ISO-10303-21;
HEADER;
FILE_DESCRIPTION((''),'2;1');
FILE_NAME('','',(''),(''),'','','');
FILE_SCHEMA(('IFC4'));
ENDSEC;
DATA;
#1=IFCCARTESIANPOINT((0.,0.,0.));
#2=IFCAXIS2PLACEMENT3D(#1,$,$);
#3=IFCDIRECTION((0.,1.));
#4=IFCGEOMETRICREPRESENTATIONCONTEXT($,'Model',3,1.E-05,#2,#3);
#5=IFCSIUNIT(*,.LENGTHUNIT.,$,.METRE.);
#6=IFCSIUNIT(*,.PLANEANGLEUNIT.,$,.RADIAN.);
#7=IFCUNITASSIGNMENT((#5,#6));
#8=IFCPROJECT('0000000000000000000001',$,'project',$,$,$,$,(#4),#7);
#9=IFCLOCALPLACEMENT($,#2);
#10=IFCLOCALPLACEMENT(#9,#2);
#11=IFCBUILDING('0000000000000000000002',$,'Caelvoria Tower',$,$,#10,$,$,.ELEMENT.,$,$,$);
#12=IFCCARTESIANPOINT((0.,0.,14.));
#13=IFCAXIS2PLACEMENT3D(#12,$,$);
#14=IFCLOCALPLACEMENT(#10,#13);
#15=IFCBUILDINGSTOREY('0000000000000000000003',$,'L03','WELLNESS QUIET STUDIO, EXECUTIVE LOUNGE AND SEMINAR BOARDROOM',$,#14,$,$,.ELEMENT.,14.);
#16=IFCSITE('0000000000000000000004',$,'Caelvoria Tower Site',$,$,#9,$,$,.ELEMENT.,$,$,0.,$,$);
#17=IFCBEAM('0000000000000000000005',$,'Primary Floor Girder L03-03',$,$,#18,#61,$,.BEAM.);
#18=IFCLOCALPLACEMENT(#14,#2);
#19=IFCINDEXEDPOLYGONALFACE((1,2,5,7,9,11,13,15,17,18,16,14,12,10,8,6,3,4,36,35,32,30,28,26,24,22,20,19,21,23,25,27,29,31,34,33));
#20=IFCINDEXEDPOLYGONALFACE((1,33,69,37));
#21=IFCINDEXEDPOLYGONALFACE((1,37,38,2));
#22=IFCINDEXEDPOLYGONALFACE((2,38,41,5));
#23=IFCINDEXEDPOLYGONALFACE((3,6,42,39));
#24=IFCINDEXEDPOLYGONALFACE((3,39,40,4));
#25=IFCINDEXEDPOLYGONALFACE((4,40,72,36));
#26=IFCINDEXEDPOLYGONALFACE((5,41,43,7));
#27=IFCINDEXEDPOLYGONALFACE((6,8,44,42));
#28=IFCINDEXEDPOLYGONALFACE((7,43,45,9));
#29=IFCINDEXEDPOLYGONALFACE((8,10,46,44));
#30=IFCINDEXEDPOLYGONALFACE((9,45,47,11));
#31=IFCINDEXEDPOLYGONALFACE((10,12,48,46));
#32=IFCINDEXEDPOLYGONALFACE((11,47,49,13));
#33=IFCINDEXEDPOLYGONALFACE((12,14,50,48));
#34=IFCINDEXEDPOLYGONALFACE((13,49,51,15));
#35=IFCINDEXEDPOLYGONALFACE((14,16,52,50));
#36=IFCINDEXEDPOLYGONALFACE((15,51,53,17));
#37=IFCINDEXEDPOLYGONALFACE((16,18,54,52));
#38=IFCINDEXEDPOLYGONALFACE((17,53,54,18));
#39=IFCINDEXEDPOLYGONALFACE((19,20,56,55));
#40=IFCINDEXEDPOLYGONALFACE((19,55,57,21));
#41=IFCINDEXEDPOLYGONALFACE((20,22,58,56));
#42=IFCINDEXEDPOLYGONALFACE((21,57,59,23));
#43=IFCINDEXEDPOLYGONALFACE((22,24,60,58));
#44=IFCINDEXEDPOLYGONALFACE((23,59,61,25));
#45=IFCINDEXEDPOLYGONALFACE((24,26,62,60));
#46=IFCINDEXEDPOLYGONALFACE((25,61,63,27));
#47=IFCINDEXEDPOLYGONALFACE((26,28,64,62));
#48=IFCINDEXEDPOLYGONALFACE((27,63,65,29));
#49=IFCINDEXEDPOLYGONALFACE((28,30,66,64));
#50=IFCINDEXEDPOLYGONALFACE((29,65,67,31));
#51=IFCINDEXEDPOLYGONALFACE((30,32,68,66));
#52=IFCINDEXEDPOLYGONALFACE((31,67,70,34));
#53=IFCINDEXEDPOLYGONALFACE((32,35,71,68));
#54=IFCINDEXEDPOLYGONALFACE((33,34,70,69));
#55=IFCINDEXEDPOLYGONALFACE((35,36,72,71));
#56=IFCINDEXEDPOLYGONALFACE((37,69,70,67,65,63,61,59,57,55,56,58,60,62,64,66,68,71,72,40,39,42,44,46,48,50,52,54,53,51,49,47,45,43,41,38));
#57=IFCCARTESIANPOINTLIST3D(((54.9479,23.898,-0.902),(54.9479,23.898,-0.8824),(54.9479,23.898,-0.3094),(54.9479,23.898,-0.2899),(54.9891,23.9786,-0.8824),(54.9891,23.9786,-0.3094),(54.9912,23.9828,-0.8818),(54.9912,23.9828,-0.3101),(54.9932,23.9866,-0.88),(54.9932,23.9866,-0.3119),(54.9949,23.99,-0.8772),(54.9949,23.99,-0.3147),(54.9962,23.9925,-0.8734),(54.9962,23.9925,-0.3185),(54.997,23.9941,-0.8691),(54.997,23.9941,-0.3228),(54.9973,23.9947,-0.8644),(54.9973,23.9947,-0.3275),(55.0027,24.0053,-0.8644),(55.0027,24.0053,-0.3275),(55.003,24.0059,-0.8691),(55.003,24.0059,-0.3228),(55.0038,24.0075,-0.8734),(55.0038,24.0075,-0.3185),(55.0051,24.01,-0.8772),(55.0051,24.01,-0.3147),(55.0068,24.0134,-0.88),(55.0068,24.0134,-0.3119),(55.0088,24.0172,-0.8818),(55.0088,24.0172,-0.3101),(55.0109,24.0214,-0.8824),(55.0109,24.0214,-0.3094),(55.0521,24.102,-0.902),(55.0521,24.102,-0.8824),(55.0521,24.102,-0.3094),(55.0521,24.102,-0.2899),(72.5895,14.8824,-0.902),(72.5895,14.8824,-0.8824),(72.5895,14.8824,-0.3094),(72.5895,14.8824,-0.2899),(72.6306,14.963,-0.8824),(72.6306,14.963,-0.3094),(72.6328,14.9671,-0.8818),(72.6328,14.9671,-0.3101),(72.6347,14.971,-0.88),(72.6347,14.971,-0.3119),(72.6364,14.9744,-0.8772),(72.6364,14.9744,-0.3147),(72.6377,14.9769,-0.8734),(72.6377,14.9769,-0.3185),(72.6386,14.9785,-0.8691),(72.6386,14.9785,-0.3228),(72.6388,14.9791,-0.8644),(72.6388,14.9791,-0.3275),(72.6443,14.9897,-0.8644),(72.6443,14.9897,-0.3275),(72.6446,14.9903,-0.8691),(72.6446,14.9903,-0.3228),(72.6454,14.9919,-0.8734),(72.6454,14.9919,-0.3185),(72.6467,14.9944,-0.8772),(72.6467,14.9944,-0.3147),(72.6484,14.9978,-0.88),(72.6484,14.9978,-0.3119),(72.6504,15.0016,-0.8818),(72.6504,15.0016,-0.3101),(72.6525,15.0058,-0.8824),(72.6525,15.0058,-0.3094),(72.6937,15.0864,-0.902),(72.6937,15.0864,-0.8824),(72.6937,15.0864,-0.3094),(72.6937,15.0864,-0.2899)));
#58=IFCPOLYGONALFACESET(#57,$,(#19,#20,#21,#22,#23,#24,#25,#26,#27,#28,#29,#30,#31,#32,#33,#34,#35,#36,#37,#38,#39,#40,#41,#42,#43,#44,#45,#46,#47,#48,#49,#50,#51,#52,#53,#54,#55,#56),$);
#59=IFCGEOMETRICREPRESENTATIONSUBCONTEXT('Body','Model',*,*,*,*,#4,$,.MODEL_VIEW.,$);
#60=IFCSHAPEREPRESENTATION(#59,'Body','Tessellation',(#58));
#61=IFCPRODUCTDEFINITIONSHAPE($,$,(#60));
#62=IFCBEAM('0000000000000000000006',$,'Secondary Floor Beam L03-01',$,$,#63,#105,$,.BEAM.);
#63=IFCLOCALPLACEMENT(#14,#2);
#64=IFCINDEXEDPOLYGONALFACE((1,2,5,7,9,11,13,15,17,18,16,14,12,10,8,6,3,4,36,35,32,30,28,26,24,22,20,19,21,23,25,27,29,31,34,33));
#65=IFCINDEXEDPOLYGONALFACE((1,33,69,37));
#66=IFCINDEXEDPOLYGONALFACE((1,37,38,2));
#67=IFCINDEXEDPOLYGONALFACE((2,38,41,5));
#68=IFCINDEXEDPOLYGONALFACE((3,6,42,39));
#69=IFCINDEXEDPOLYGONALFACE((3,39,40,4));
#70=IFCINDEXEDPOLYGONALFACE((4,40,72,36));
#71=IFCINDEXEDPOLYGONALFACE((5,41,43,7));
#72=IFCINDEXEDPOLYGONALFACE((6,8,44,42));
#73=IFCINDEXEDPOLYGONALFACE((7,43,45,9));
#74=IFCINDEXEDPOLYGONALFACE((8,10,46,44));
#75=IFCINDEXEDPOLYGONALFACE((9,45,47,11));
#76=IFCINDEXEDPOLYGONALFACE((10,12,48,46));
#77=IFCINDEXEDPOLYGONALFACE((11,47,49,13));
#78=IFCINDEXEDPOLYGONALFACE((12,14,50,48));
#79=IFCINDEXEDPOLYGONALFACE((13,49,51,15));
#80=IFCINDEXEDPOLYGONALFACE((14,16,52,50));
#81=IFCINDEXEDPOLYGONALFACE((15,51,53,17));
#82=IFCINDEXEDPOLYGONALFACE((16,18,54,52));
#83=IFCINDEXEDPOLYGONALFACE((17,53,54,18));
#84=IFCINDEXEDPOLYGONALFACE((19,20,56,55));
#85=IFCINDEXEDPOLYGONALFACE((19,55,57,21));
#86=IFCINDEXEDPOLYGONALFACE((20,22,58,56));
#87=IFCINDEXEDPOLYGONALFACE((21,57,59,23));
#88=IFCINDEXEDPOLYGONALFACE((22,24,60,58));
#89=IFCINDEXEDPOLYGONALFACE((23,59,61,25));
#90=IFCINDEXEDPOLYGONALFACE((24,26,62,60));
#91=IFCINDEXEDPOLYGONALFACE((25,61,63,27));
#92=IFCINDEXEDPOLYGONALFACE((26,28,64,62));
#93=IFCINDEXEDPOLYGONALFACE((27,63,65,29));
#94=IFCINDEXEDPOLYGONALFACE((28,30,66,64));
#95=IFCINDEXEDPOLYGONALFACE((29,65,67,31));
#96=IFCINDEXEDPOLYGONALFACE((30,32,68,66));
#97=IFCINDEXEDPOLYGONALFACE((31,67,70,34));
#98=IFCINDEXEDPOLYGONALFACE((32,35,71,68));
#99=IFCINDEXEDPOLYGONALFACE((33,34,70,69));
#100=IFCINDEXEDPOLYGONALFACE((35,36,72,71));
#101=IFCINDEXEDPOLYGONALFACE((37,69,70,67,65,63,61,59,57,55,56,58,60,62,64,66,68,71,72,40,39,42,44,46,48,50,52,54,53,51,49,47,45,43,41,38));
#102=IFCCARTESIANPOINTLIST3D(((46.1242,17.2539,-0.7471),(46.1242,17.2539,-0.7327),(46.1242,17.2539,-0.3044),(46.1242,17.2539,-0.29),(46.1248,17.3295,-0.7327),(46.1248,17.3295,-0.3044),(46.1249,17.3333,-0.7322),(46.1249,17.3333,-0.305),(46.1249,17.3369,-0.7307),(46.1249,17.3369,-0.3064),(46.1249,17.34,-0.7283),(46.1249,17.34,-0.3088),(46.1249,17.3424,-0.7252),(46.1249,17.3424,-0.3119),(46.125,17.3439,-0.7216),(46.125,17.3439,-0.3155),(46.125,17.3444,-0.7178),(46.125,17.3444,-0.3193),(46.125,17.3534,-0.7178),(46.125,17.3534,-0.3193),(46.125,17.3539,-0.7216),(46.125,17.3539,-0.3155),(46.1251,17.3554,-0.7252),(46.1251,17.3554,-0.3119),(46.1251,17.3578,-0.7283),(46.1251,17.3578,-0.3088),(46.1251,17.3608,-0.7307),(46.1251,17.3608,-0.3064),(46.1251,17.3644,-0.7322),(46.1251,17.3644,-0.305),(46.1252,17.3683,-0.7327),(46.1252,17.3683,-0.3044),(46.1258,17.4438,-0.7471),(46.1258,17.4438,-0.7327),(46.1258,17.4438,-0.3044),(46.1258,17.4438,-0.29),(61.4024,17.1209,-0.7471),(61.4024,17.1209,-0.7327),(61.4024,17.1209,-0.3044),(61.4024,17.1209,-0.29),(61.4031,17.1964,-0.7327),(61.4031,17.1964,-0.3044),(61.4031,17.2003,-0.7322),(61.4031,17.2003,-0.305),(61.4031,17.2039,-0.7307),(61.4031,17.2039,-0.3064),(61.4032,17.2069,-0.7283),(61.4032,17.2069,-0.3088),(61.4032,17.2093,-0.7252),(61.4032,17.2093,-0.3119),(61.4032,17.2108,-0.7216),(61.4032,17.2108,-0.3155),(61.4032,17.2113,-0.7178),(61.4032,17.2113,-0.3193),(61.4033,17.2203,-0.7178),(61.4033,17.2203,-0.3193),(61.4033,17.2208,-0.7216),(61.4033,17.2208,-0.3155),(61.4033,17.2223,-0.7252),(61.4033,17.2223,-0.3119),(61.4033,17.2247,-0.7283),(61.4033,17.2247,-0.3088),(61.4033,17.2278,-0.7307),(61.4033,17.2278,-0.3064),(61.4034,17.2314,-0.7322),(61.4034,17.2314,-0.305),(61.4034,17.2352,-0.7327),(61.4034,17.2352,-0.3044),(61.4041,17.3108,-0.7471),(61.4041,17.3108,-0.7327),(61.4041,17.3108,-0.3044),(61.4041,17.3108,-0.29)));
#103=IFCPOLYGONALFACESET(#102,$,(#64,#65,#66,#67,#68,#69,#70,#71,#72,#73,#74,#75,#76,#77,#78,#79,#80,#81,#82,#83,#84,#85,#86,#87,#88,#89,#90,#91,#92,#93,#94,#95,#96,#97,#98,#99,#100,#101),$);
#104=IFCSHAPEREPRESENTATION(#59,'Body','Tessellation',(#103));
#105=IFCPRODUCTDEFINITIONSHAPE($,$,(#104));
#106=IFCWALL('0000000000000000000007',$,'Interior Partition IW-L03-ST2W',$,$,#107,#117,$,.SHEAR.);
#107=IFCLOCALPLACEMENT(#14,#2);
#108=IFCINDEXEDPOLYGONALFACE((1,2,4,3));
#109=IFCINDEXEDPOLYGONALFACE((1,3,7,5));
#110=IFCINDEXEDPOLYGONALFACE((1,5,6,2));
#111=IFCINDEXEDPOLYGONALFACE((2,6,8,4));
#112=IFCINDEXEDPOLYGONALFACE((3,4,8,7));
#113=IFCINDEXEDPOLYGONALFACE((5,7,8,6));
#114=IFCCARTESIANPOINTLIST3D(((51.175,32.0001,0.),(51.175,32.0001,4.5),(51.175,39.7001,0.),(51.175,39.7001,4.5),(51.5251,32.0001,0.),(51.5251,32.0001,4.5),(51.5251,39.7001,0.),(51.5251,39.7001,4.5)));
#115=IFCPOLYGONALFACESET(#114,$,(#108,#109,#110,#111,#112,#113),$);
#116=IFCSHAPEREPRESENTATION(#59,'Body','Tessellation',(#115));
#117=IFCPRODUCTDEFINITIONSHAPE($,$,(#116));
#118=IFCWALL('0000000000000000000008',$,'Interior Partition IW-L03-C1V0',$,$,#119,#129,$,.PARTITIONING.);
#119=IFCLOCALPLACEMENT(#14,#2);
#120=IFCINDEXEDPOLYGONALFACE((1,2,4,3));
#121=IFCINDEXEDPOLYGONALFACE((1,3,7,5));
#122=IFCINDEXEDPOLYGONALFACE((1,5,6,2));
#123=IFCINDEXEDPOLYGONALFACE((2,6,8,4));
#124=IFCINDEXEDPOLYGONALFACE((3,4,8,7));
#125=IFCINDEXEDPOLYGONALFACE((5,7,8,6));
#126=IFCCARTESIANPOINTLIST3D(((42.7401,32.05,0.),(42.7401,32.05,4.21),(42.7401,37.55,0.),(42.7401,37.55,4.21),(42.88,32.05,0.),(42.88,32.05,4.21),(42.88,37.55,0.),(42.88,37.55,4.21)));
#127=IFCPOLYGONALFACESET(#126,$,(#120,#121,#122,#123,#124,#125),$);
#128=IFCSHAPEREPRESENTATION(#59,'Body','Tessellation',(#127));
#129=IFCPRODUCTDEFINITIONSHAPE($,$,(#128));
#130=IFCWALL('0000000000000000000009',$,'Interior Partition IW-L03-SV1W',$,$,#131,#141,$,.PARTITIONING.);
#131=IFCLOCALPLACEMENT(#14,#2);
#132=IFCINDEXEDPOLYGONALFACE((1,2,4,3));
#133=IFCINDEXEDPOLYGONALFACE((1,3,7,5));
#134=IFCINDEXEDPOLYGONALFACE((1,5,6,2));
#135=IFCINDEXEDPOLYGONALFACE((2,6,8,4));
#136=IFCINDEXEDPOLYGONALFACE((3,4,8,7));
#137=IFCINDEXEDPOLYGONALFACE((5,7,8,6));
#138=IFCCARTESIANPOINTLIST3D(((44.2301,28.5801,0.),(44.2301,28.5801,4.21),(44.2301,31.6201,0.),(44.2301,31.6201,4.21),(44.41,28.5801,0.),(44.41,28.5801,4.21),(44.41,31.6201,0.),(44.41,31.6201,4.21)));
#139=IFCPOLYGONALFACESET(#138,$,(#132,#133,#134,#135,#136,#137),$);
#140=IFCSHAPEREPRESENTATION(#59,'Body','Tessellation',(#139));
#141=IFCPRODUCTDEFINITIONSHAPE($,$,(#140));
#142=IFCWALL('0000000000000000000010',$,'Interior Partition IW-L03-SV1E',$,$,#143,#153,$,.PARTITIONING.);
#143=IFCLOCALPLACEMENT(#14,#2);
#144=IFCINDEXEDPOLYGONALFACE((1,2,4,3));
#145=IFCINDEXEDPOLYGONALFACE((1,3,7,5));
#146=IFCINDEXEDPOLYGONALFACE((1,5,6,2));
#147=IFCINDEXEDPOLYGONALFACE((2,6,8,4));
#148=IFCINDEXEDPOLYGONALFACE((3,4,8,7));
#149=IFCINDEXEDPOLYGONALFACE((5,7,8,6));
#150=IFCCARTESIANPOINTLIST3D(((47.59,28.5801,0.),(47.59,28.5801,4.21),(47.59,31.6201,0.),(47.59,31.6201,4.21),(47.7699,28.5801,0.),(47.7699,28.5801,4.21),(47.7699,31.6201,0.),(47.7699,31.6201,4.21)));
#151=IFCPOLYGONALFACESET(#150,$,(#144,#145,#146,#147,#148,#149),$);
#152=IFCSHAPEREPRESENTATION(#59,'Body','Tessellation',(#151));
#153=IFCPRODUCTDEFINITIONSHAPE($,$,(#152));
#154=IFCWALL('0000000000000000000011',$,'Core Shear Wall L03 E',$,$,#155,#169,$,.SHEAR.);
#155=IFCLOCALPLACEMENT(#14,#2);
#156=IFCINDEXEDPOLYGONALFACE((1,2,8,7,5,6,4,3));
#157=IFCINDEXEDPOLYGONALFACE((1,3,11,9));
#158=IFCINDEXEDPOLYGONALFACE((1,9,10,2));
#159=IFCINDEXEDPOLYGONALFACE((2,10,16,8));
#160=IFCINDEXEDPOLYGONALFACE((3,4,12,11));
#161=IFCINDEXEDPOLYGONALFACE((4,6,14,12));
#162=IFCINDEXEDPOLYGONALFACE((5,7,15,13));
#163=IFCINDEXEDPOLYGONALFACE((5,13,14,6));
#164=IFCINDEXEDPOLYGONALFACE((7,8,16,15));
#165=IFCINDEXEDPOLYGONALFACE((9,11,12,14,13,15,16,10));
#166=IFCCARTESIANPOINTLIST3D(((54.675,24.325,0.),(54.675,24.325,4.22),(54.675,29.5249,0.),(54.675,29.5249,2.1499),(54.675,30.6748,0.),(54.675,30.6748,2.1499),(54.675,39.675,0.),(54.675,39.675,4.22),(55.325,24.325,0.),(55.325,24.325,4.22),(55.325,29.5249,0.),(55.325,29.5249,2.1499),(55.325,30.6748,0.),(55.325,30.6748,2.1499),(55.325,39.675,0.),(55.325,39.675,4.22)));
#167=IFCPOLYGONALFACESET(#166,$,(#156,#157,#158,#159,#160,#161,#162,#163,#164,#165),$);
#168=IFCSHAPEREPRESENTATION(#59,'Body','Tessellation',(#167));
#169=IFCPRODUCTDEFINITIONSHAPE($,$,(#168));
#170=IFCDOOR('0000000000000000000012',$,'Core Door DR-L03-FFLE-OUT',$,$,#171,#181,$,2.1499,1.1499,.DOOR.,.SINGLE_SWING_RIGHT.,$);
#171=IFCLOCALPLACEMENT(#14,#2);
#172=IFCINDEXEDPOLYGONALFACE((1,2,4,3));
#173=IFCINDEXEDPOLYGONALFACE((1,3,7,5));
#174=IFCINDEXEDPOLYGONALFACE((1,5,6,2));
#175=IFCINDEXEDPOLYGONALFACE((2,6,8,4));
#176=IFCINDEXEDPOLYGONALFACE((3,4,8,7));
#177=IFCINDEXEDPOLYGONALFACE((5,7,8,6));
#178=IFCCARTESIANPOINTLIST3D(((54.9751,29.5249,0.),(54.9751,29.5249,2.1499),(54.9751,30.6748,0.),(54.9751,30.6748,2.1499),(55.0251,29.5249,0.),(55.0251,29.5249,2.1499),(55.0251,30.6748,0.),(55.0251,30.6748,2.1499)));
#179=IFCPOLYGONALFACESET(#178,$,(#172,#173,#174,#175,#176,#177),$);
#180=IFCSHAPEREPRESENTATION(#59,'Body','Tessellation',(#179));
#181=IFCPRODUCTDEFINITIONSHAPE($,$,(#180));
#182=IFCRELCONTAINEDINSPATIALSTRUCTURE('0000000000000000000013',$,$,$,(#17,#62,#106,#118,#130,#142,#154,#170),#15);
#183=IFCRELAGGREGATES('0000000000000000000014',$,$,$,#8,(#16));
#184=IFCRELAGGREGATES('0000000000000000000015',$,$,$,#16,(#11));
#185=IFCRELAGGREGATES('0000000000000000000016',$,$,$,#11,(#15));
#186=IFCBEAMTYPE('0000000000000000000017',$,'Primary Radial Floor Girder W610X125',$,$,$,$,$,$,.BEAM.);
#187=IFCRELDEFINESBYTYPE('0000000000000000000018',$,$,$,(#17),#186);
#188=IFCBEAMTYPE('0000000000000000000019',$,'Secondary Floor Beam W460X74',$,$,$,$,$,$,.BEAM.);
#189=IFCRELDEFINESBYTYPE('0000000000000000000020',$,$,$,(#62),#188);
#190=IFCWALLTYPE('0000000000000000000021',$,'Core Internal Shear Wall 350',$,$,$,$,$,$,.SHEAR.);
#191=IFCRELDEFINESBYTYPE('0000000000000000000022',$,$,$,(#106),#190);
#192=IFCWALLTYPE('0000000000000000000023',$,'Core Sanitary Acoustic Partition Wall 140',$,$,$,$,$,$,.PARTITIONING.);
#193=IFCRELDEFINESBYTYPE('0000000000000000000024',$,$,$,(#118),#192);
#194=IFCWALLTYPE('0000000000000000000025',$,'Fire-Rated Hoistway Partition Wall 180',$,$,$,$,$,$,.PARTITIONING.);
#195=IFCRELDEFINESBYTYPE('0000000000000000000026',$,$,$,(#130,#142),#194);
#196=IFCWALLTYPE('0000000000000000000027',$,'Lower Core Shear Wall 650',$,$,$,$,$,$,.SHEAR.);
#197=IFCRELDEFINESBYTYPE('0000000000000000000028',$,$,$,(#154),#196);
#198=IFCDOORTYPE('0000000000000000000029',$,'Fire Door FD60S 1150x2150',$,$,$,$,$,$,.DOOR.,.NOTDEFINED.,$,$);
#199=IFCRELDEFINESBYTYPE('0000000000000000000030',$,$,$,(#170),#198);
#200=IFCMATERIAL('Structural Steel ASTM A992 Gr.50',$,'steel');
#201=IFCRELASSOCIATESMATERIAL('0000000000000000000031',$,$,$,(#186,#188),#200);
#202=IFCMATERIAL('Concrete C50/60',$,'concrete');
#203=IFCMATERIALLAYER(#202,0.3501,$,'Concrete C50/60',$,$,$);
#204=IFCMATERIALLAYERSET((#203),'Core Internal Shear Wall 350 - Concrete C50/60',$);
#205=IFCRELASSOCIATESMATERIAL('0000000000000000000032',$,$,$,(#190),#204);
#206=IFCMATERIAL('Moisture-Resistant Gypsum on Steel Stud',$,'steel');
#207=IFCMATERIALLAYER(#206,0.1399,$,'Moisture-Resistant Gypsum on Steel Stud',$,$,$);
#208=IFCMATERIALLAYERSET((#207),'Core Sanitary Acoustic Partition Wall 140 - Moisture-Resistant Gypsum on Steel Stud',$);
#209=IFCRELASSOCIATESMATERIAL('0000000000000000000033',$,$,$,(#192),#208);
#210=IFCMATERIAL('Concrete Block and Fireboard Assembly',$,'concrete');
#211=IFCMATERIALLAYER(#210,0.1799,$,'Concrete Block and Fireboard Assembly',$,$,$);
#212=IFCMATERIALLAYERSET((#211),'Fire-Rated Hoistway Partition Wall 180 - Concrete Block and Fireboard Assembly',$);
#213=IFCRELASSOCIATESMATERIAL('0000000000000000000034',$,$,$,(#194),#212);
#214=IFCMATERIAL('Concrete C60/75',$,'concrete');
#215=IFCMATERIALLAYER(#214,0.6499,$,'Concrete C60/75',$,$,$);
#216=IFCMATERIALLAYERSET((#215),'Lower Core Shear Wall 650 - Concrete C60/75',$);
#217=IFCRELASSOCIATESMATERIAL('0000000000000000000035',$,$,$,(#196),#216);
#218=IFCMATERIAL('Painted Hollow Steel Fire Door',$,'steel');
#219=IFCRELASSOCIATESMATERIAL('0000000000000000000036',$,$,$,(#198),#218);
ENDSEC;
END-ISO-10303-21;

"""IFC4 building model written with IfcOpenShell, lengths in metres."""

from ifc_helpers import new_model, si_unit, direction, frame, frame_2d, origin, origin_2d, place, context, subcontext, project, spatial, rectangle, i_section, extrude, material, layer, layer_set, material_profile, profile_set, type_object, element, fill, save


model = new_model("IFC4")

# Units and contexts
model_context = context("Model", 3, precision=1e-05, world=origin(), true_north=direction((0.0, 1.0)))
body_context = subcontext(model_context, "Body", "Model", "MODEL_VIEW")
ifc_project = project(units=[si_unit("LENGTHUNIT", "METRE"), si_unit("PLANEANGLEUNIT", "RADIAN")], contexts=[model_context])

# Site, building, storey
site_placement = place(None, origin())
site = spatial("IfcSite", under=ifc_project, at=site_placement, Name="Caelvoria Tower Site", CompositionType="ELEMENT", RefElevation=0.0)
building_placement = place(site_placement, origin())
building = spatial("IfcBuilding", under=site, at=building_placement, Name="Caelvoria Tower", CompositionType="ELEMENT")
storey_placement = place(building_placement, frame((0.0, 0.0, 14.0)))
storey = spatial("IfcBuildingStorey", under=building, at=storey_placement, Name="L03", Description="WELLNESS QUIET STUDIO, EXECUTIVE LOUNGE AND SEMINAR BOARDROOM", CompositionType="ELEMENT", Elevation=14.0)

# Beams
ifc_material_1 = material(Name="Structural Steel ASTM A992 Gr.50", Category="steel")
ifc_material_profile_1 = material_profile(ifc_material_1, i_section(OverallWidth=0.229, OverallDepth=0.6121, WebThickness=0.012, FlangeThickness=0.0195, FilletRadius=0.0181, at=origin_2d()), Name="Structural Steel ASTM A992 Gr.50")
ifc_profile_set_1 = profile_set([ifc_material_profile_1], Name="W610X125 - Structural Steel ASTM A992 Gr.50")
beam_type_1 = type_object("IfcBeamType", Name="Primary Radial Floor Girder W610X125", PredefinedType="BEAM", material=ifc_profile_set_1)
beam_1_placement = place(storey_placement, frame((55.0, 24.0, -0.5959), z_axis=(0.890459, -0.455063, 0.0), x_axis=(0.455063, 0.890459, 0.0)))
element("IfcBeam", 1, at=beam_1_placement, inside=storey, type_object=beam_type_1, Name="Primary Floor Girder L03-03", PredefinedType="BEAM", context=body_context, shape_type="SweptSolid", body=[
    extrude(i_section(OverallWidth=0.229, OverallDepth=0.6121, WebThickness=0.012, FlangeThickness=0.0195, FilletRadius=0.0181, at=origin_2d()), origin(), (0.0, 0.0, 1.0), 19.8118),
])
ifc_material_profile_2 = material_profile(ifc_material_1, i_section(OverallWidth=0.1899, OverallDepth=0.457, WebThickness=0.009, FlangeThickness=0.0144, FilletRadius=0.0149, at=origin_2d()), Name="Structural Steel ASTM A992 Gr.50")
ifc_profile_set_2 = profile_set([ifc_material_profile_2], Name="W460X74 - Structural Steel ASTM A992 Gr.50")
beam_type_2 = type_object("IfcBeamType", Name="Secondary Floor Beam W460X74", PredefinedType="BEAM", material=ifc_profile_set_2)
beam_2_placement = place(storey_placement, frame((46.125, 17.3489, -0.5186), z_axis=(0.999962, -0.008709, 0.0), x_axis=(0.008709, 0.999962, 0.0)))
element("IfcBeam", 2, at=beam_2_placement, inside=storey, type_object=beam_type_2, Name="Secondary Floor Beam L03-01", PredefinedType="BEAM", context=body_context, shape_type="SweptSolid", body=[
    extrude(i_section(OverallWidth=0.1899, OverallDepth=0.457, WebThickness=0.009, FlangeThickness=0.0144, FilletRadius=0.0149, at=origin_2d()), origin(), (0.0, 0.0, 1.0), 15.2788),
])

# Walls
ifc_material_2 = material(Name="Concrete C50/60", Category="concrete")
ifc_layer_1 = layer(ifc_material_2, 0.3501, Name="Concrete C50/60")
ifc_layer_set_1 = layer_set([ifc_layer_1], Name="Core Internal Shear Wall 350 - Concrete C50/60")
wall_type_1 = type_object("IfcWallType", Name="Core Internal Shear Wall 350", PredefinedType="SHEAR", material=ifc_layer_set_1)
wall_1_placement = place(storey_placement, frame((51.3501, 32.0, 0.0), z_axis=(0.0, 0.0, 1.0), x_axis=(0.0, 1.0, 0.0)))
element("IfcWall", 3, at=wall_1_placement, inside=storey, type_object=wall_type_1, Name="Interior Partition IW-L03-ST2W", PredefinedType="SHEAR", context=body_context, shape_type="SweptSolid", body=[
    extrude(rectangle(XDim=7.7, YDim=0.3501, at=frame_2d((3.8501, 0.0))), origin(), (0.0, 0.0, 1.0), 4.5),
])
ifc_material_3 = material(Name="Moisture-Resistant Gypsum on Steel Stud", Category="steel")
ifc_layer_2 = layer(ifc_material_3, 0.1399, Name="Moisture-Resistant Gypsum on Steel Stud")
ifc_layer_set_2 = layer_set([ifc_layer_2], Name="Core Sanitary Acoustic Partition Wall 140 - Moisture-Resistant Gypsum on Steel Stud")
wall_type_2 = type_object("IfcWallType", Name="Core Sanitary Acoustic Partition Wall 140", PredefinedType="PARTITIONING", material=ifc_layer_set_2)
wall_2_placement = place(storey_placement, frame((42.8101, 32.05, 0.0), z_axis=(0.0, 0.0, 1.0), x_axis=(0.0, 1.0, 0.0)))
element("IfcWall", 4, at=wall_2_placement, inside=storey, type_object=wall_type_2, Name="Interior Partition IW-L03-C1V0", PredefinedType="PARTITIONING", context=body_context, shape_type="SweptSolid", body=[
    extrude(rectangle(XDim=5.5, YDim=0.1399, at=frame_2d((2.75, 0.0))), origin(), (0.0, 0.0, 1.0), 4.21),
])
ifc_material_4 = material(Name="Concrete Block and Fireboard Assembly", Category="concrete")
ifc_layer_3 = layer(ifc_material_4, 0.1799, Name="Concrete Block and Fireboard Assembly")
ifc_layer_set_3 = layer_set([ifc_layer_3], Name="Fire-Rated Hoistway Partition Wall 180 - Concrete Block and Fireboard Assembly")
wall_type_3 = type_object("IfcWallType", Name="Fire-Rated Hoistway Partition Wall 180", PredefinedType="PARTITIONING", material=ifc_layer_set_3)
for number, where, z_axis, x_axis, name in (
    (5, (44.3201, 28.5801, 0.0), (0.0, 0.0, 1.0), (0.0, 1.0, 0.0), "Interior Partition IW-L03-SV1W"),
    (6, (47.6799, 28.5801, 0.0), (0.0, 0.0, 1.0), (0.0, 1.0, 0.0), "Interior Partition IW-L03-SV1E"),
):
    element("IfcWall", number, at=place(storey_placement, frame(where, z_axis=z_axis, x_axis=x_axis)), inside=storey, type_object=wall_type_3, Name=name, PredefinedType="PARTITIONING", context=body_context, shape_type="SweptSolid", body=[
        extrude(rectangle(XDim=3.04, YDim=0.1799, at=frame_2d((1.52, 0.0))), origin(), (0.0, 0.0, 1.0), 4.21),
    ])

# Wall, opening, door
ifc_material_5 = material(Name="Concrete C60/75", Category="concrete")
ifc_layer_4 = layer(ifc_material_5, 0.6499, Name="Concrete C60/75")
ifc_layer_set_4 = layer_set([ifc_layer_4], Name="Lower Core Shear Wall 650 - Concrete C60/75")
wall_type_4 = type_object("IfcWallType", Name="Lower Core Shear Wall 650", PredefinedType="SHEAR", material=ifc_layer_set_4)
wall_3_placement = place(storey_placement, frame((55.0, 24.325, 0.0), z_axis=(0.0, 0.0, 1.0), x_axis=(0.0, 1.0, 0.0)))
wall_3 = element("IfcWall", 7, at=wall_3_placement, inside=storey, type_object=wall_type_4, Name="Core Shear Wall L03 E", PredefinedType="SHEAR", context=body_context, shape_type="SweptSolid", body=[
    extrude(rectangle(XDim=15.3501, YDim=0.6499, at=frame_2d((7.675, 0.0))), origin(), (0.0, 0.0, 1.0), 4.22),
])
opening_1_placement = place(wall_3_placement, frame((5.2, 0.0, 0.0)))
opening_1 = element("IfcOpeningElement", 8, at=opening_1_placement, cuts=wall_3, PredefinedType="OPENING", context=body_context, shape_type="SweptSolid", body=[
    extrude(rectangle(XDim=1.1499, YDim=2.1499, at=frame_2d((0.575, 1.075))), frame((0.0, 0.335, 0.0), z_axis=(0.0, -1.0, 0.0), x_axis=(1.0, 0.0, 0.0)), (0.0, 0.0, 1.0), 0.6699),
])
ifc_material_6 = material(Name="Painted Hollow Steel Fire Door", Category="steel")
door_type_1 = type_object("IfcDoorType", Name="Fire Door FD60S 1150x2150", OperationType="NOTDEFINED", PredefinedType="DOOR", material=ifc_material_6)
door_1_placement = place(opening_1_placement, origin())
door_1 = element("IfcDoor", 9, at=door_1_placement, inside=storey, type_object=door_type_1, Name="Core Door DR-L03-FFLE-OUT", OperationType="SINGLE_SWING_RIGHT", OverallHeight=2.1499, OverallWidth=1.1499, PredefinedType="DOOR", context=body_context, shape_type="SweptSolid", body=[
    extrude(rectangle(XDim=1.1499, YDim=2.1499, at=frame_2d((0.575, 1.075))), frame((0.0, 0.0249, 0.0), z_axis=(0.0, -1.0, 0.0), x_axis=(1.0, 0.0, 0.0)), (0.0, 0.0, 1.0), 0.05),
])
fill(opening_1, door_1)

save(model, "model.ifc")
